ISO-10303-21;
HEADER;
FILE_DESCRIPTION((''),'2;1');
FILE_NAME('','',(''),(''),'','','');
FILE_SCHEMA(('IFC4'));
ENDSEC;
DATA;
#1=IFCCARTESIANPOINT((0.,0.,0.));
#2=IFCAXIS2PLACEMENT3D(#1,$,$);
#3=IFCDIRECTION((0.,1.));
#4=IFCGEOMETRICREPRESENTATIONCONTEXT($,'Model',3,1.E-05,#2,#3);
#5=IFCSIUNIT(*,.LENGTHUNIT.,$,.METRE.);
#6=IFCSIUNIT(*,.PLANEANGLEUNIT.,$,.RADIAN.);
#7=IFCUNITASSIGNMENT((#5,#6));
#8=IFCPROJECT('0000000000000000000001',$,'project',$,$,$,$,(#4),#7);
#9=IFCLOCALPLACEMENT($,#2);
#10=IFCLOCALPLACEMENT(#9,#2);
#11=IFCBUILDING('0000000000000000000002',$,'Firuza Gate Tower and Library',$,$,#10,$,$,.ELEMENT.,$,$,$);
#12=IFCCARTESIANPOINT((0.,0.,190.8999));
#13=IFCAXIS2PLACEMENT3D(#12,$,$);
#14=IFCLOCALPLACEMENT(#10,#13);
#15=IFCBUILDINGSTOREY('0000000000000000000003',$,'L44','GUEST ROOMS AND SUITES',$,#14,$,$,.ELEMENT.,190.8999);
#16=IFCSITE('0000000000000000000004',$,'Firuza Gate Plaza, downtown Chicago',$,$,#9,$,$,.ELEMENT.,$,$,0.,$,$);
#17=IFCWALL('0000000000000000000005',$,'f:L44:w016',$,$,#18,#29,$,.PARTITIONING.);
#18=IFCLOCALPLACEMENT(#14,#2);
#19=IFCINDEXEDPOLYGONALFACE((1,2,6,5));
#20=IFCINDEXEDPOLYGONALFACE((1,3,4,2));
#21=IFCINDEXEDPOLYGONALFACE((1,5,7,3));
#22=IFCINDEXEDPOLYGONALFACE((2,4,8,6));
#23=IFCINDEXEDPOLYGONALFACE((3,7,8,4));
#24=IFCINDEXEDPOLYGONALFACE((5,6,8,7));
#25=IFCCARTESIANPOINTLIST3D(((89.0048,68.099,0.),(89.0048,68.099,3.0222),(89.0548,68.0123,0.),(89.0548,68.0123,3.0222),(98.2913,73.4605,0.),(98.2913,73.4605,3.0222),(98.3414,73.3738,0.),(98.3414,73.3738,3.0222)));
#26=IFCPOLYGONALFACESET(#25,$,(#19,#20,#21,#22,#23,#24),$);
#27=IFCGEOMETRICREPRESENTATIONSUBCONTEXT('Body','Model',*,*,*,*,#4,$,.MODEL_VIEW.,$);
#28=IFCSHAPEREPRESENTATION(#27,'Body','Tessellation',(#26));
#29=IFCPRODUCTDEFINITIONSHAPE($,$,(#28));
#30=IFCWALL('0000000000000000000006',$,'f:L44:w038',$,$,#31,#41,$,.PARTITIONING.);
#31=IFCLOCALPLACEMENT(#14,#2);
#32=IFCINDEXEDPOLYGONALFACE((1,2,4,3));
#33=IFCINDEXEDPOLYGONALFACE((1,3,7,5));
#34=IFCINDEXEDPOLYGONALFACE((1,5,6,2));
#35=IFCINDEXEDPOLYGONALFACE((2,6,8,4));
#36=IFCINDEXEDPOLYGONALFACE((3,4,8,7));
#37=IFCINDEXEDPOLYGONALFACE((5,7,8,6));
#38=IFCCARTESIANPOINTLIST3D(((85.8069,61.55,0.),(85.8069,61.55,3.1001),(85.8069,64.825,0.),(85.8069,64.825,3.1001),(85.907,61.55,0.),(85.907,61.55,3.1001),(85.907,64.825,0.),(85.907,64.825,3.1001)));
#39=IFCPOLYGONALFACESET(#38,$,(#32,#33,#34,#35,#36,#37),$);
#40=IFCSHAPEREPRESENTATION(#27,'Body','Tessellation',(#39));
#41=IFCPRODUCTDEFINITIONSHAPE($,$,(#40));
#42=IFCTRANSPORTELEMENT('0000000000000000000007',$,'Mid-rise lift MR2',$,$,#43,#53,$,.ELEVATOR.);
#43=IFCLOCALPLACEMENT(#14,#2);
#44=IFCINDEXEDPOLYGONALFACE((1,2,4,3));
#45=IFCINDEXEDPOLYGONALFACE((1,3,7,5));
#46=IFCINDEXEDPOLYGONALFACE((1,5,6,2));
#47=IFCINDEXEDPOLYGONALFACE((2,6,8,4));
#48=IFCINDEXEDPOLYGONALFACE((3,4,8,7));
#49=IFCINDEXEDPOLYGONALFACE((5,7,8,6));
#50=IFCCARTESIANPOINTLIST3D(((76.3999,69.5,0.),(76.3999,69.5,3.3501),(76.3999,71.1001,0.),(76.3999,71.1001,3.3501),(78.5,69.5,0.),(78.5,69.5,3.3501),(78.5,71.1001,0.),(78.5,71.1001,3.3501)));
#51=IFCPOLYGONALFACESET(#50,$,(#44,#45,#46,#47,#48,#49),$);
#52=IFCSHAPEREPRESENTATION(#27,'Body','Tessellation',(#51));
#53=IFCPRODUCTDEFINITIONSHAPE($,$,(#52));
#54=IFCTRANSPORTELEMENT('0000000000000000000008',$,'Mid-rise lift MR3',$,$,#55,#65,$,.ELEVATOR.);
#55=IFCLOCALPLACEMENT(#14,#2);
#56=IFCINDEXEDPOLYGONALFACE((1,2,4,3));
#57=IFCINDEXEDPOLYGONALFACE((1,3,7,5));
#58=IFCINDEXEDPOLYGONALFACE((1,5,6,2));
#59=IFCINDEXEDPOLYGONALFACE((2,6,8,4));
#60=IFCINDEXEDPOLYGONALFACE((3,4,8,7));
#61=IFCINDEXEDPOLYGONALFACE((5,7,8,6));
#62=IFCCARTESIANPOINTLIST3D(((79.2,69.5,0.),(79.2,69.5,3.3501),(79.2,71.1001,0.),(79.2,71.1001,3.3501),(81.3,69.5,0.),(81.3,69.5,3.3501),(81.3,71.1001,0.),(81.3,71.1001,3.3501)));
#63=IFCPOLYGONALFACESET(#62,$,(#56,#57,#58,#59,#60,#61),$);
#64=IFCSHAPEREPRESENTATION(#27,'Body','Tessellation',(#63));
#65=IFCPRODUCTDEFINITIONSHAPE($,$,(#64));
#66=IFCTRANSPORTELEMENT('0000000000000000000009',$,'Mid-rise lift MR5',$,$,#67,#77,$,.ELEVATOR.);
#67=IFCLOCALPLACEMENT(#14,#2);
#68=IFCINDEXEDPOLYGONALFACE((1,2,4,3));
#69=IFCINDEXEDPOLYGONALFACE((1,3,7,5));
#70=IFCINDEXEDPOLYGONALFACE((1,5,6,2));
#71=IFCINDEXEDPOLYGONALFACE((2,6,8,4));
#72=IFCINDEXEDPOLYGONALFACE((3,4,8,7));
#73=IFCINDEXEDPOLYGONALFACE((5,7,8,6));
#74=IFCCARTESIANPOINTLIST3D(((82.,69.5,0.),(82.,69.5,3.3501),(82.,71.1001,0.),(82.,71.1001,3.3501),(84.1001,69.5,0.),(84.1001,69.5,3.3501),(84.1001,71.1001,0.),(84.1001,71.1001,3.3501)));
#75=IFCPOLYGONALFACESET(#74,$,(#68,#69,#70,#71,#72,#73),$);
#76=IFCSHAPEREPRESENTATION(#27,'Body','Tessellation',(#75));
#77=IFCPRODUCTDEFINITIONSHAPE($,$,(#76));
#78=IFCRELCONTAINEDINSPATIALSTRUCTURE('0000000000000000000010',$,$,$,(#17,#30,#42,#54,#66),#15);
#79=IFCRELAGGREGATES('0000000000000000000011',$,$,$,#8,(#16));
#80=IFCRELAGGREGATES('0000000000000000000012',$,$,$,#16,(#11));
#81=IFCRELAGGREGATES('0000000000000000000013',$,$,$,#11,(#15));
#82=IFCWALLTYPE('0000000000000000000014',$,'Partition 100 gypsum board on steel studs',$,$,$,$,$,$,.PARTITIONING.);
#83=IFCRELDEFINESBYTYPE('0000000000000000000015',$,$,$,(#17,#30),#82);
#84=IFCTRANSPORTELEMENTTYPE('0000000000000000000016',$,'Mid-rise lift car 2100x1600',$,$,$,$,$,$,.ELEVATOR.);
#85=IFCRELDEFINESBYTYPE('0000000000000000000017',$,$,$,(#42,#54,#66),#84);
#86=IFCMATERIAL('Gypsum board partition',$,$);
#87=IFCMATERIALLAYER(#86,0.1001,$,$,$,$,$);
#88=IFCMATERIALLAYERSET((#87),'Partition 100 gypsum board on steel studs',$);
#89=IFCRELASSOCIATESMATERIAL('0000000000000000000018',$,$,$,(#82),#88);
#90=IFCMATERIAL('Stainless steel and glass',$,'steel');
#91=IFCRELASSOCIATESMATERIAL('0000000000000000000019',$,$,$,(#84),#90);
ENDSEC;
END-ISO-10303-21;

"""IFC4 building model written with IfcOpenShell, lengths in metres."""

from ifc_helpers import new_model, si_unit, direction, frame, frame_2d, origin, origin_2d, place, context, subcontext, project, spatial, rectangle, extrude, material, layer, layer_set, type_object, element, save


model = new_model("IFC4")

# Units and contexts
model_context = context("Model", 3, precision=1e-05, world=origin(), true_north=direction((0.0, 1.0)))
body_context = subcontext(model_context, "Body", "Model", "MODEL_VIEW")
ifc_project = project(units=[si_unit("LENGTHUNIT", "METRE"), si_unit("PLANEANGLEUNIT", "RADIAN")], contexts=[model_context])

# Site, building, storey
site_placement = place(None, origin())
site = spatial("IfcSite", under=ifc_project, at=site_placement, Name="Firuza Gate Plaza, downtown Chicago", CompositionType="ELEMENT", RefElevation=0.0)
building_placement = place(site_placement, origin())
building = spatial("IfcBuilding", under=site, at=building_placement, Name="Firuza Gate Tower and Library", CompositionType="ELEMENT")
storey_placement = place(building_placement, frame((0.0, 0.0, 190.8999)))
storey = spatial("IfcBuildingStorey", under=building, at=storey_placement, Name="L44", Description="GUEST ROOMS AND SUITES", CompositionType="ELEMENT", Elevation=190.8999)

# Walls
ifc_material_1 = material(Name="Gypsum board partition")
ifc_layer_1 = layer(ifc_material_1, 0.1001)
ifc_layer_set_1 = layer_set([ifc_layer_1], Name="Partition 100 gypsum board on steel studs")
wall_type_1 = type_object("IfcWallType", Name="Partition 100 gypsum board on steel studs", PredefinedType="PARTITIONING", material=ifc_layer_set_1)
wall_1_placement = place(storey_placement, frame((89.0298, 68.0557, 0.0), z_axis=(0.0, 0.0, 1.0), x_axis=(0.866028, 0.499996, 0.0)))
element("IfcWall", 1, at=wall_1_placement, inside=storey, type_object=wall_type_1, Name="f:L44:w016", PredefinedType="PARTITIONING", context=body_context, shape_type="SweptSolid", body=[
    extrude(rectangle(XDim=10.7231, YDim=0.1001, at=frame_2d((5.3616, 0.0))), origin(), (0.0, 0.0, 1.0), 3.0222),
])
wall_2_placement = place(storey_placement, frame((85.8569, 61.55, 0.0), z_axis=(0.0, 0.0, 1.0), x_axis=(0.0, 1.0, 0.0)))
element("IfcWall", 2, at=wall_2_placement, inside=storey, type_object=wall_type_1, Name="f:L44:w038", PredefinedType="PARTITIONING", context=body_context, shape_type="SweptSolid", body=[
    extrude(rectangle(XDim=3.2749, YDim=0.1001, at=frame_2d((1.6375, 0.0))), origin(), (0.0, 0.0, 1.0), 3.1001),
])

# Transport elements
ifc_material_2 = material(Name="Stainless steel and glass", Category="steel")
transport_element_type = type_object("IfcTransportElementType", Name="Mid-rise lift car 2100x1600", PredefinedType="ELEVATOR", material=ifc_material_2)
for number, where, z_axis, x_axis, name in (
    (3, (77.45, 70.3, 0.0), (0.0, 0.0, 1.0), (1.0, 0.0, 0.0), "Mid-rise lift MR2"),
    (4, (80.25, 70.3, 0.0), (0.0, 0.0, 1.0), (1.0, 0.0, 0.0), "Mid-rise lift MR3"),
    (5, (83.05, 70.3, 0.0), (0.0, 0.0, 1.0), (1.0, 0.0, 0.0), "Mid-rise lift MR5"),
):
    element("IfcTransportElement", number, at=place(storey_placement, frame(where, z_axis=z_axis, x_axis=x_axis)), inside=storey, type_object=transport_element_type, Name=name, PredefinedType="ELEVATOR", context=body_context, shape_type="SweptSolid", body=[
        extrude(rectangle(XDim=2.1001, YDim=1.6001, at=origin_2d()), origin(), (0.0, 0.0, 1.0), 3.3501),
    ])

save(model, "model.ifc")
